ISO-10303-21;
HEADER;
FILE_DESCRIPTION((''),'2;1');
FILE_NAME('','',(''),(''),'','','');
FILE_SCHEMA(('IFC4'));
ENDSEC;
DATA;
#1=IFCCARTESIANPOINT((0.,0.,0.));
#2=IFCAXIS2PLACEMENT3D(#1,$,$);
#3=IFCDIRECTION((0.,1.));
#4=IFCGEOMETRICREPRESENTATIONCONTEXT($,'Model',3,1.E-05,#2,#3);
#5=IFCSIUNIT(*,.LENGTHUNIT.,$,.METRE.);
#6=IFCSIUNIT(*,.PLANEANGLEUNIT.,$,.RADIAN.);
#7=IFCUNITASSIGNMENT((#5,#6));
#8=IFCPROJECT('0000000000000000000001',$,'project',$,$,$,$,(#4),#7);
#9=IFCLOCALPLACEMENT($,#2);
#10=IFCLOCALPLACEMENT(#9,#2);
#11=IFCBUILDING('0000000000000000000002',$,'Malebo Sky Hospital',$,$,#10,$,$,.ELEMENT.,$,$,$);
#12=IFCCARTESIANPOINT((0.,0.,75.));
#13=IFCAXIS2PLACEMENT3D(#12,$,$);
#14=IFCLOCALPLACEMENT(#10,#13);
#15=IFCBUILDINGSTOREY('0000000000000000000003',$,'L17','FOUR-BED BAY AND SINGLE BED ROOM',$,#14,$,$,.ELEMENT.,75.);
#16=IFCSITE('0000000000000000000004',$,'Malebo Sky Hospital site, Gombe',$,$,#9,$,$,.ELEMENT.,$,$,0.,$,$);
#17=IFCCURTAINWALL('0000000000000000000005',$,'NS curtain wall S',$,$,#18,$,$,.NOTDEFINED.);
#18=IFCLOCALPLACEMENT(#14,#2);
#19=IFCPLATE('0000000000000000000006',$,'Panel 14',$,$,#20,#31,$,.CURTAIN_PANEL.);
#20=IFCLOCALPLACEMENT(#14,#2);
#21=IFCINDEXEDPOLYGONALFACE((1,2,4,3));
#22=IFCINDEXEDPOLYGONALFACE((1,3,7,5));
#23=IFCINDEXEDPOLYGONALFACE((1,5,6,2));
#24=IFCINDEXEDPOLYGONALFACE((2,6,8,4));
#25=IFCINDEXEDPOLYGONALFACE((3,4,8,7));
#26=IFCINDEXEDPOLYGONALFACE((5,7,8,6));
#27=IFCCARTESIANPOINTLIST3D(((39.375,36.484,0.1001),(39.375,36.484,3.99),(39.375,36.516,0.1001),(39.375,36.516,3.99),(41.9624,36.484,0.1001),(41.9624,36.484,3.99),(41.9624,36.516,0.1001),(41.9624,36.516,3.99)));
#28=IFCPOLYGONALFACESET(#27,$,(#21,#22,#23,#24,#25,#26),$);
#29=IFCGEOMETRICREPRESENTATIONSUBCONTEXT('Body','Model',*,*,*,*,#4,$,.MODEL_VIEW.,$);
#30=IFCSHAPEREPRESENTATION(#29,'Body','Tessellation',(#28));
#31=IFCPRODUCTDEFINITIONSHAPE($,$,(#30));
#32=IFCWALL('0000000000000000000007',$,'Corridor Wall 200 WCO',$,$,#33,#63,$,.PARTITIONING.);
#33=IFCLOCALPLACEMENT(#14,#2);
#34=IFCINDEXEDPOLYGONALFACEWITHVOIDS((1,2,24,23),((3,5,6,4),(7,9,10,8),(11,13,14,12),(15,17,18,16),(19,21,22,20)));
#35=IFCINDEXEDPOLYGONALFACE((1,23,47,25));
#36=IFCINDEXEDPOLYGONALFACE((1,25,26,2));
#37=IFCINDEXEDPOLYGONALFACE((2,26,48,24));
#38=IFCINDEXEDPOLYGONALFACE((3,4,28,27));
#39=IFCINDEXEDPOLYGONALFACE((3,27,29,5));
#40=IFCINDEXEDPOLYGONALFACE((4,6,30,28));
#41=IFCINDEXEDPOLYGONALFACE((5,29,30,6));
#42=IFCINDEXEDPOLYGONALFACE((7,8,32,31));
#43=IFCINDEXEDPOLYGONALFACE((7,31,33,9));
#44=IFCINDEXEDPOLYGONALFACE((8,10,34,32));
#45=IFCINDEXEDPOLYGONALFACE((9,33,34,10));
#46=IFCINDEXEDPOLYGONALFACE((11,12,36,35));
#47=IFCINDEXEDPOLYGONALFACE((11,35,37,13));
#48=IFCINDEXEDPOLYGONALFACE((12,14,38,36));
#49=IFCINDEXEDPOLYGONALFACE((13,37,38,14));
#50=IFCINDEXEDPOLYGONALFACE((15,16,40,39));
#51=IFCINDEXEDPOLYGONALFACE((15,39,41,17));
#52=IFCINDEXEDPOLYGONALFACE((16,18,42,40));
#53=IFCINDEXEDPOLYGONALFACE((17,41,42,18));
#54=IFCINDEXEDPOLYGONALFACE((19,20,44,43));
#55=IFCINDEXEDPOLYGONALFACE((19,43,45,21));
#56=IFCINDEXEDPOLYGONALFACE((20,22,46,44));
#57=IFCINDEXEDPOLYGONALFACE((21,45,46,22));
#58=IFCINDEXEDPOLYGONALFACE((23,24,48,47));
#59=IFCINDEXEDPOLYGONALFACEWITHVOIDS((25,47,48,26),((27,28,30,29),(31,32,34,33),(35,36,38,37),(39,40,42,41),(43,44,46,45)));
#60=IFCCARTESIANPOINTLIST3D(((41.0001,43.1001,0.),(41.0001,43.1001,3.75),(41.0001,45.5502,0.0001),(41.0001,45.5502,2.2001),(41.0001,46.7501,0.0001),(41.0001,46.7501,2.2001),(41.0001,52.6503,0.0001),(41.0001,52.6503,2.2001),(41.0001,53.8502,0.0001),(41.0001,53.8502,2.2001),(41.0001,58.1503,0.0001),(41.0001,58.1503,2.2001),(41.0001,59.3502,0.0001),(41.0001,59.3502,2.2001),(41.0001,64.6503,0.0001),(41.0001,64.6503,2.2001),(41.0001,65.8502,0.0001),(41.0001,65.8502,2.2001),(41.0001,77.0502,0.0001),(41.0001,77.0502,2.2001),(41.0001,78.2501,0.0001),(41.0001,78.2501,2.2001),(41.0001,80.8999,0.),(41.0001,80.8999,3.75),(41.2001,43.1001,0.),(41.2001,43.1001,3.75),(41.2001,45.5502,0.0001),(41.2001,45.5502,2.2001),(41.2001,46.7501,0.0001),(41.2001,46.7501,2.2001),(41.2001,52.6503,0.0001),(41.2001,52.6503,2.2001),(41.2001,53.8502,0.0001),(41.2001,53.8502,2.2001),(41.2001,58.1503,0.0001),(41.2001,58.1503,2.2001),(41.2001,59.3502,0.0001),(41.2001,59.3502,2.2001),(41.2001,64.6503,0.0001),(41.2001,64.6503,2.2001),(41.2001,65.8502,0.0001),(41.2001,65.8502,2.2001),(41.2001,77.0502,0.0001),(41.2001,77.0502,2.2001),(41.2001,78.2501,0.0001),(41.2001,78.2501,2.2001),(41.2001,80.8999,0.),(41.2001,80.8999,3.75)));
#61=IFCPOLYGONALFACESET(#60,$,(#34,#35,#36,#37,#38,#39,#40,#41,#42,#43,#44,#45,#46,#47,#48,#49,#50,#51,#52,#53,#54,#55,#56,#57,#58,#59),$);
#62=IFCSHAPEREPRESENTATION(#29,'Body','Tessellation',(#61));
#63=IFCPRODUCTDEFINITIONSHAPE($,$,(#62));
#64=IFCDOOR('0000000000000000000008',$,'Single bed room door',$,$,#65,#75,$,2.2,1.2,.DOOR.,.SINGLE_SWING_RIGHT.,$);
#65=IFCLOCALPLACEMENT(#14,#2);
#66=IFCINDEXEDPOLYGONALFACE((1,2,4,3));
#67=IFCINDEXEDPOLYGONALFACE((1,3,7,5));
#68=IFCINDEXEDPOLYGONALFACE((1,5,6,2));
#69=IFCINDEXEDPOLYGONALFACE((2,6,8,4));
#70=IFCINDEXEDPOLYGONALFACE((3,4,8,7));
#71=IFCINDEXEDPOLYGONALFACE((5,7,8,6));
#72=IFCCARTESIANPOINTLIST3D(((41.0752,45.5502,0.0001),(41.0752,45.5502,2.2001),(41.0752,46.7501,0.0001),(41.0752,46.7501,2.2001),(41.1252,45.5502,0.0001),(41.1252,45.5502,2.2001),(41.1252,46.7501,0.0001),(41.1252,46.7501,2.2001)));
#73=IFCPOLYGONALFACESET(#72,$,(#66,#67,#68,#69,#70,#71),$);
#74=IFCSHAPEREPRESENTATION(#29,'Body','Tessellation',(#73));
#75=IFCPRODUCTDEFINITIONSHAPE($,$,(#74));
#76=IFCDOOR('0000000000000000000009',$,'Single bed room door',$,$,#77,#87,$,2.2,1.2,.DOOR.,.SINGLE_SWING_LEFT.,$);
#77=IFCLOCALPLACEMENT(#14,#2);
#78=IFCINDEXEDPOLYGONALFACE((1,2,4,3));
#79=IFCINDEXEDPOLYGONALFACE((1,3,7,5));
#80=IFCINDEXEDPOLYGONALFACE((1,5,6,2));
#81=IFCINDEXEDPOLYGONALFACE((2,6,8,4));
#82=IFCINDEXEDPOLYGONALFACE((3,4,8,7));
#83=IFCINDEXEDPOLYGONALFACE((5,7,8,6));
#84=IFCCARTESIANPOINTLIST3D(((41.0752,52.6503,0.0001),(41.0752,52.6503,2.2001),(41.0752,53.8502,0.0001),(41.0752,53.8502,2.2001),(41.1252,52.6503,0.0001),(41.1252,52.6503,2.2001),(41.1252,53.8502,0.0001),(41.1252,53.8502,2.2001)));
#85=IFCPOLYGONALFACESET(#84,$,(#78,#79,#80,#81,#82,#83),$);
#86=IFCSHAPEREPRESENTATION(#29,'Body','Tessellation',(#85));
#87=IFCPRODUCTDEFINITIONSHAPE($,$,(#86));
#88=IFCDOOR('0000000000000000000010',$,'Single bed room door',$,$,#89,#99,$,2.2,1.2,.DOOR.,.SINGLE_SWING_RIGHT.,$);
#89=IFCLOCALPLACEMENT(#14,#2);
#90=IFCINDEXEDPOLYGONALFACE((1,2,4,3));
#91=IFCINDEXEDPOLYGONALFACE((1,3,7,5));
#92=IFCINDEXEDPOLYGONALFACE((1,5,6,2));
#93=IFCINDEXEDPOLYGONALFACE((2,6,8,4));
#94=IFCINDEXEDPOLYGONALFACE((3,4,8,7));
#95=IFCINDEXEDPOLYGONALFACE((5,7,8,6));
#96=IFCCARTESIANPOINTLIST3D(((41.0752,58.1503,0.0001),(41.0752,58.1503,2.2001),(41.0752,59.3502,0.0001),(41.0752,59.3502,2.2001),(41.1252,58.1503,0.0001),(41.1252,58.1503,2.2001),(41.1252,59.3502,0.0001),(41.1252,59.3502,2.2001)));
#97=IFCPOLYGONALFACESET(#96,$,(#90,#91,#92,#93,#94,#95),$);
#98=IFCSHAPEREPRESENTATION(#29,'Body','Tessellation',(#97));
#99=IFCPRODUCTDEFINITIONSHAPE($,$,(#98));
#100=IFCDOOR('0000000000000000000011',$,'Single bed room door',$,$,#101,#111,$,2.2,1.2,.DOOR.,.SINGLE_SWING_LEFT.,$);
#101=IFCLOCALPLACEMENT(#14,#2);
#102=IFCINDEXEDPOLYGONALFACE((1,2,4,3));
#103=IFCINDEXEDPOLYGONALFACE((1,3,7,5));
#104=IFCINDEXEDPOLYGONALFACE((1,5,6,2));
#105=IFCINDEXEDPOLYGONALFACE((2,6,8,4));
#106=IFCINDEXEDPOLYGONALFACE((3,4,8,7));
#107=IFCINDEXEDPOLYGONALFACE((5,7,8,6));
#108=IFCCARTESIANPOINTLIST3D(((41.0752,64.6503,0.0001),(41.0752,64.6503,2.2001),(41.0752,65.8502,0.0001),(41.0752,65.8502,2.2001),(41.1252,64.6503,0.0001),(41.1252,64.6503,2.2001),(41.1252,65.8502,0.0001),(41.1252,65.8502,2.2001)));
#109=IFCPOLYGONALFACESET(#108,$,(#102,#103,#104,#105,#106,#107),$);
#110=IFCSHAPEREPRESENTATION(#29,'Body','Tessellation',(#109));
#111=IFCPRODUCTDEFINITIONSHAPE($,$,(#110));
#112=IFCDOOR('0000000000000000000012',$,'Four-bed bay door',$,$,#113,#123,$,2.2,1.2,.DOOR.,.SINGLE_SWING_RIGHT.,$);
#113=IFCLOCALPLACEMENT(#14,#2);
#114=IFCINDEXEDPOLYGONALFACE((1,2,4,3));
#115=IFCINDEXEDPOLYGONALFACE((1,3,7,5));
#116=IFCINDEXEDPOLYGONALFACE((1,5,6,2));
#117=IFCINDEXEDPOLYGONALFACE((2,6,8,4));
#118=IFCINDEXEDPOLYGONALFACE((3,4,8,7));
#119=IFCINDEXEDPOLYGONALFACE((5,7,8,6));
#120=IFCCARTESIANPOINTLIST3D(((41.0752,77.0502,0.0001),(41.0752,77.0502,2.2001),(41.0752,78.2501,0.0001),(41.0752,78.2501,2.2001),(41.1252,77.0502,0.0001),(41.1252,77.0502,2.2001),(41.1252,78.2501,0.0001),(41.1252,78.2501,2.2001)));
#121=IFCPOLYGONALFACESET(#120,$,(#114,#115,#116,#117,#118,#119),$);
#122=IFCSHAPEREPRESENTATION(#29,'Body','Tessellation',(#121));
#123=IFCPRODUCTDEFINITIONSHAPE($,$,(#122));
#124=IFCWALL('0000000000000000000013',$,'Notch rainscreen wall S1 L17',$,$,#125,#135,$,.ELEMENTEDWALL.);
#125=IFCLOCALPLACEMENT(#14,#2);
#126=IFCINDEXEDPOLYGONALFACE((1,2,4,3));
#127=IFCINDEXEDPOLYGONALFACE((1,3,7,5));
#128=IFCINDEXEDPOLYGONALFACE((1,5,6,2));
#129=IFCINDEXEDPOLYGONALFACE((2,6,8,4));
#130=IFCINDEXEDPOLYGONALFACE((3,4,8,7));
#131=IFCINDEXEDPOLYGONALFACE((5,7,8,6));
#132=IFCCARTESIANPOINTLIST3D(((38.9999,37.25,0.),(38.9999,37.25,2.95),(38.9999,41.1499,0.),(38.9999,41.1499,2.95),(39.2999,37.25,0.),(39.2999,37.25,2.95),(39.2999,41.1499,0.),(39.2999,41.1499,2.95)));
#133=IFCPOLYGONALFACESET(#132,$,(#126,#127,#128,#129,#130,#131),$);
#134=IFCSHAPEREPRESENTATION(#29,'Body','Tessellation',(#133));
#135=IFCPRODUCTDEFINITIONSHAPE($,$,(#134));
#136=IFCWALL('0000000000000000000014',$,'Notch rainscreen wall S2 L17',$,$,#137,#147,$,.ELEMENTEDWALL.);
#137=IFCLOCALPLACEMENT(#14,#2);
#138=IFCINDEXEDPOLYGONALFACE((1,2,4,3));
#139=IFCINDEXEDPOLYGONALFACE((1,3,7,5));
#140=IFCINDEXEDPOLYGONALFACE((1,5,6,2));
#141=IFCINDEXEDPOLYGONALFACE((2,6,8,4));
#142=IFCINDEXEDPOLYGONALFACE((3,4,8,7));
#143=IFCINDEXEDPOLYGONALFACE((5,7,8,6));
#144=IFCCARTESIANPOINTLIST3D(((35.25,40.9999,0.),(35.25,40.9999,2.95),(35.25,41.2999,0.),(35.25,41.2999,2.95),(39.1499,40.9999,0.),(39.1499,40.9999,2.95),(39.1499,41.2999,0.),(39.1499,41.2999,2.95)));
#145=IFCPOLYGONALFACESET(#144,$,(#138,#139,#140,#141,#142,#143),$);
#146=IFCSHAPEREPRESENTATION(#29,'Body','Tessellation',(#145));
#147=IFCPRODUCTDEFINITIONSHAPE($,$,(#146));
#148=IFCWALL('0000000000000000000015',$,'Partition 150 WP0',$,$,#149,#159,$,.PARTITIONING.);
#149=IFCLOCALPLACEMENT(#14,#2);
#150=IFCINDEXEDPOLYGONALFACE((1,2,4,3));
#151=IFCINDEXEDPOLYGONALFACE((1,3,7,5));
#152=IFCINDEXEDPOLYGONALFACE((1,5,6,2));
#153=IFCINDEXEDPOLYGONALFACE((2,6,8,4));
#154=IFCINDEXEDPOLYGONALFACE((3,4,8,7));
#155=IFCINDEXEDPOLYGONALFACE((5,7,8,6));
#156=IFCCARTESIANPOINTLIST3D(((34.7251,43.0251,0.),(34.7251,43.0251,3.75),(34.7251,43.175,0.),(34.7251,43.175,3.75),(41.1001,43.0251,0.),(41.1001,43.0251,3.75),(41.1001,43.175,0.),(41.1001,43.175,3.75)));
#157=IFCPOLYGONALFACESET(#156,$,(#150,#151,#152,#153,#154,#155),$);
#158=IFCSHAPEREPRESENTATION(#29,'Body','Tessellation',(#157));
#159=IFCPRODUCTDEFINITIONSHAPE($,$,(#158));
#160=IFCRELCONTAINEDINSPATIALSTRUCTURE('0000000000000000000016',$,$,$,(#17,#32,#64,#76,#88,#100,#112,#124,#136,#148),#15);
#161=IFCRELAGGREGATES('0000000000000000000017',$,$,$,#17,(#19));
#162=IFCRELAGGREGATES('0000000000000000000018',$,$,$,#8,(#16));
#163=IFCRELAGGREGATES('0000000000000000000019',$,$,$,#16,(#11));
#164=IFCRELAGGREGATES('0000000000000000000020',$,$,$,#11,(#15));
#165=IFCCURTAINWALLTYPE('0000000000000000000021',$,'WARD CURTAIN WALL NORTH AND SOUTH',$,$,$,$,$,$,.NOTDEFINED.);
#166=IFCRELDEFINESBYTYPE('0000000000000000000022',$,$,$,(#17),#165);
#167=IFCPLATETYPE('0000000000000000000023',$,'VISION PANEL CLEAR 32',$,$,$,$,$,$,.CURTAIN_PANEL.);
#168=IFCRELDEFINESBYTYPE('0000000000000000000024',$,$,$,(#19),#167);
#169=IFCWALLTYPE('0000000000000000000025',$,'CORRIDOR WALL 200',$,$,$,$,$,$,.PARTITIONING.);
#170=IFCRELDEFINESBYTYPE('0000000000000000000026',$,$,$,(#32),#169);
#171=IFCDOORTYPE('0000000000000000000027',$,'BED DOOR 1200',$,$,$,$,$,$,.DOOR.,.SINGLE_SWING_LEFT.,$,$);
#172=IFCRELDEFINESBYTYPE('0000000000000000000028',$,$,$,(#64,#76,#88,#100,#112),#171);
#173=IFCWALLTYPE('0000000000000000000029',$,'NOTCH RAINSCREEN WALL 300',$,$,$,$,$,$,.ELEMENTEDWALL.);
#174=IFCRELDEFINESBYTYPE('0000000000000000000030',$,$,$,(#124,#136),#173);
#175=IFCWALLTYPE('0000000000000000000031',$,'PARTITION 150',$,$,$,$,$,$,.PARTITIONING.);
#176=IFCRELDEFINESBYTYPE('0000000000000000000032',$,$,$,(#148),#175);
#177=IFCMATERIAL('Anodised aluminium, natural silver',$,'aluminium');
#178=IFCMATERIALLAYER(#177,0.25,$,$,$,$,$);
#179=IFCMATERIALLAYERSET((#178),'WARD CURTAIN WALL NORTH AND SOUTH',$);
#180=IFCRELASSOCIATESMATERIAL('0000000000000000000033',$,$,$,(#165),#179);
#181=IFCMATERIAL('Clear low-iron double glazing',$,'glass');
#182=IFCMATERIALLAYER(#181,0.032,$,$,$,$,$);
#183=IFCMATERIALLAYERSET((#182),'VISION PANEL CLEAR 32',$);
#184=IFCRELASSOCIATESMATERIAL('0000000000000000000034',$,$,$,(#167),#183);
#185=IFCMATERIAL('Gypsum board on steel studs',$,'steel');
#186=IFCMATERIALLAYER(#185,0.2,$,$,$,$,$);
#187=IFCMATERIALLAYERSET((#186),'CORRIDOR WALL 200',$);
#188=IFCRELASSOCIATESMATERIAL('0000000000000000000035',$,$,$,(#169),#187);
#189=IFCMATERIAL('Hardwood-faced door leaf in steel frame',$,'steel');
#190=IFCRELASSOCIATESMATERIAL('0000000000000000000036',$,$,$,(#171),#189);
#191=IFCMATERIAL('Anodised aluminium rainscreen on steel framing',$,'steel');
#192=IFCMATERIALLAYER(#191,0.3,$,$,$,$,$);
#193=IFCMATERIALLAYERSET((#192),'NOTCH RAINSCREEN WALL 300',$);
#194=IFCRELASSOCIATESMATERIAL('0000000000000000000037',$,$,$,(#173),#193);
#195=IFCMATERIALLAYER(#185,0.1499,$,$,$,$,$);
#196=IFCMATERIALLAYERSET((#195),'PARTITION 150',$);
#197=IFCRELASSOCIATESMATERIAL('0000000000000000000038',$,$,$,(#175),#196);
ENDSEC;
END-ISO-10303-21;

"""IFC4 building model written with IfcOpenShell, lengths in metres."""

from ifc_helpers import new_model, si_unit, direction, frame, frame_2d, origin, origin_2d, place, context, subcontext, project, spatial, rectangle, extrude, material, layer, layer_set, type_object, element, fill, aggregate, save


model = new_model("IFC4")

# Units and contexts
model_context = context("Model", 3, precision=1e-05, world=origin(), true_north=direction((0.0, 1.0)))
body_context = subcontext(model_context, "Body", "Model", "MODEL_VIEW")
ifc_project = project(units=[si_unit("LENGTHUNIT", "METRE"), si_unit("PLANEANGLEUNIT", "RADIAN")], contexts=[model_context])

# Site, building, storey
site_placement = place(None, origin())
site = spatial("IfcSite", under=ifc_project, at=site_placement, Name="Malebo Sky Hospital site, Gombe", CompositionType="ELEMENT", RefElevation=0.0)
building_placement = place(site_placement, origin())
building = spatial("IfcBuilding", under=site, at=building_placement, Name="Malebo Sky Hospital", CompositionType="ELEMENT")
storey_placement = place(building_placement, frame((0.0, 0.0, 75.0)))
storey = spatial("IfcBuildingStorey", under=building, at=storey_placement, Name="L17", Description="FOUR-BED BAY AND SINGLE BED ROOM", CompositionType="ELEMENT", Elevation=75.0)

# Curtain wall
ifc_material_1 = material(Name="Anodised aluminium, natural silver", Category="aluminium")
ifc_layer_1 = layer(ifc_material_1, 0.25)
ifc_layer_set_1 = layer_set([ifc_layer_1], Name="WARD CURTAIN WALL NORTH AND SOUTH")
curtain_wall_type = type_object("IfcCurtainWallType", Name="WARD CURTAIN WALL NORTH AND SOUTH", PredefinedType="NOTDEFINED", material=ifc_layer_set_1)
curtain_wall_placement = place(storey_placement, origin())
curtain_wall = element("IfcCurtainWall", 1, at=curtain_wall_placement, inside=storey, type_object=curtain_wall_type, Name="NS curtain wall S", PredefinedType="NOTDEFINED")

# Plate
ifc_material_2 = material(Name="Clear low-iron double glazing", Category="glass")
ifc_layer_2 = layer(ifc_material_2, 0.032)
ifc_layer_set_2 = layer_set([ifc_layer_2], Name="VISION PANEL CLEAR 32")
plate_type = type_object("IfcPlateType", Name="VISION PANEL CLEAR 32", PredefinedType="CURTAIN_PANEL", material=ifc_layer_set_2)
plate_1_placement = place(storey_placement, frame((40.6687, 36.5, 0.1001), z_axis=(0.0, 0.0, 1.0), x_axis=(-1.0, 0.0, 0.0)))
plate_1 = element("IfcPlate", 2, at=plate_1_placement, type_object=plate_type, Name="Panel 14", PredefinedType="CURTAIN_PANEL", context=body_context, shape_type="SweptSolid", body=[
    extrude(rectangle(XDim=2.5874, YDim=0.032, at=origin_2d()), origin(), (0.0, 0.0, 1.0), 3.8899),
])
aggregate(curtain_wall, [plate_1])

# Wall, openings, doors
ifc_material_3 = material(Name="Gypsum board on steel studs", Category="steel")
ifc_layer_3 = layer(ifc_material_3, 0.2)
ifc_layer_set_3 = layer_set([ifc_layer_3], Name="CORRIDOR WALL 200")
wall_type_1 = type_object("IfcWallType", Name="CORRIDOR WALL 200", PredefinedType="PARTITIONING", material=ifc_layer_set_3)
wall_1_placement = place(storey_placement, frame((41.1001, 43.1001, 0.0), z_axis=(0.0, 0.0, 1.0), x_axis=(0.0, 1.0, 0.0)))
wall_1 = element("IfcWall", 3, at=wall_1_placement, inside=storey, type_object=wall_type_1, Name="Corridor Wall 200 WCO", PredefinedType="PARTITIONING", context=body_context, shape_type="SweptSolid", body=[
    extrude(rectangle(XDim=37.7998, YDim=0.2, at=frame_2d((18.8999, 0.0))), origin(), (0.0, 0.0, 1.0), 3.75),
])
opening_1_placement = place(wall_1_placement, frame((2.45, 0.0, 0.0)))
opening_1 = element("IfcOpeningElement", 4, at=opening_1_placement, cuts=wall_1, PredefinedType="OPENING", context=body_context, shape_type="SweptSolid", body=[
    extrude(rectangle(XDim=1.2, YDim=2.2, at=frame_2d((0.6001, 1.1001))), frame((0.0, 0.1099, 0.0), z_axis=(0.0, -1.0, 0.0), x_axis=(1.0, 0.0, 0.0)), (0.0, 0.0, 1.0), 0.22),
])
opening_2_placement = place(wall_1_placement, frame((9.55, 0.0, 0.0)))
opening_2 = element("IfcOpeningElement", 5, at=opening_2_placement, cuts=wall_1, PredefinedType="OPENING", context=body_context, shape_type="SweptSolid", body=[
    extrude(rectangle(XDim=1.2, YDim=2.2, at=frame_2d((0.6001, 1.1001))), frame((0.0, 0.1099, 0.0), z_axis=(0.0, -1.0, 0.0), x_axis=(1.0, 0.0, 0.0)), (0.0, 0.0, 1.0), 0.22),
])
opening_3_placement = place(wall_1_placement, frame((15.05, 0.0, 0.0)))
opening_3 = element("IfcOpeningElement", 6, at=opening_3_placement, cuts=wall_1, PredefinedType="OPENING", context=body_context, shape_type="SweptSolid", body=[
    extrude(rectangle(XDim=1.2, YDim=2.2, at=frame_2d((0.6001, 1.1001))), frame((0.0, 0.1099, 0.0), z_axis=(0.0, -1.0, 0.0), x_axis=(1.0, 0.0, 0.0)), (0.0, 0.0, 1.0), 0.22),
])
opening_4_placement = place(wall_1_placement, frame((21.55, 0.0, 0.0)))
opening_4 = element("IfcOpeningElement", 7, at=opening_4_placement, cuts=wall_1, PredefinedType="OPENING", context=body_context, shape_type="SweptSolid", body=[
    extrude(rectangle(XDim=1.2, YDim=2.2, at=frame_2d((0.6001, 1.1001))), frame((0.0, 0.1099, 0.0), z_axis=(0.0, -1.0, 0.0), x_axis=(1.0, 0.0, 0.0)), (0.0, 0.0, 1.0), 0.22),
])
opening_5_placement = place(wall_1_placement, frame((33.95, 0.0, 0.0)))
opening_5 = element("IfcOpeningElement", 8, at=opening_5_placement, cuts=wall_1, PredefinedType="OPENING", context=body_context, shape_type="SweptSolid", body=[
    extrude(rectangle(XDim=1.2, YDim=2.2, at=frame_2d((0.6001, 1.1001))), frame((0.0, 0.1099, 0.0), z_axis=(0.0, -1.0, 0.0), x_axis=(1.0, 0.0, 0.0)), (0.0, 0.0, 1.0), 0.22),
])
ifc_material_4 = material(Name="Hardwood-faced door leaf in steel frame", Category="steel")
door_type_1 = type_object("IfcDoorType", Name="BED DOOR 1200", OperationType="SINGLE_SWING_LEFT", PredefinedType="DOOR", material=ifc_material_4)
door_1_placement = place(opening_1_placement, origin())
door_1 = element("IfcDoor", 9, at=door_1_placement, inside=storey, type_object=door_type_1, Name="Single bed room door", OperationType="SINGLE_SWING_RIGHT", OverallHeight=2.2, OverallWidth=1.2, PredefinedType="DOOR", context=body_context, shape_type="SweptSolid", body=[
    extrude(rectangle(XDim=1.2, YDim=2.2, at=frame_2d((0.6001, 1.1001))), frame((0.0, 0.0249, 0.0), z_axis=(0.0, -1.0, 0.0), x_axis=(1.0, 0.0, 0.0)), (0.0, 0.0, 1.0), 0.05),
])
fill(opening_1, door_1)
door_2_placement = place(opening_2_placement, origin())
door_2 = element("IfcDoor", 10, at=door_2_placement, inside=storey, type_object=door_type_1, Name="Single bed room door", OperationType="SINGLE_SWING_LEFT", OverallHeight=2.2, OverallWidth=1.2, PredefinedType="DOOR", context=body_context, shape_type="SweptSolid", body=[
    extrude(rectangle(XDim=1.2, YDim=2.2, at=frame_2d((0.6001, 1.1001))), frame((0.0, 0.0249, 0.0), z_axis=(0.0, -1.0, 0.0), x_axis=(1.0, 0.0, 0.0)), (0.0, 0.0, 1.0), 0.05),
])
fill(opening_2, door_2)
door_3_placement = place(opening_3_placement, origin())
door_3 = element("IfcDoor", 11, at=door_3_placement, inside=storey, type_object=door_type_1, Name="Single bed room door", OperationType="SINGLE_SWING_RIGHT", OverallHeight=2.2, OverallWidth=1.2, PredefinedType="DOOR", context=body_context, shape_type="SweptSolid", body=[
    extrude(rectangle(XDim=1.2, YDim=2.2, at=frame_2d((0.6001, 1.1001))), frame((0.0, 0.0249, 0.0), z_axis=(0.0, -1.0, 0.0), x_axis=(1.0, 0.0, 0.0)), (0.0, 0.0, 1.0), 0.05),
])
fill(opening_3, door_3)
door_4_placement = place(opening_4_placement, origin())
door_4 = element("IfcDoor", 12, at=door_4_placement, inside=storey, type_object=door_type_1, Name="Single bed room door", OperationType="SINGLE_SWING_LEFT", OverallHeight=2.2, OverallWidth=1.2, PredefinedType="DOOR", context=body_context, shape_type="SweptSolid", body=[
    extrude(rectangle(XDim=1.2, YDim=2.2, at=frame_2d((0.6001, 1.1001))), frame((0.0, 0.0249, 0.0), z_axis=(0.0, -1.0, 0.0), x_axis=(1.0, 0.0, 0.0)), (0.0, 0.0, 1.0), 0.05),
])
fill(opening_4, door_4)
door_5_placement = place(opening_5_placement, origin())
door_5 = element("IfcDoor", 13, at=door_5_placement, inside=storey, type_object=door_type_1, Name="Four-bed bay door", OperationType="SINGLE_SWING_RIGHT", OverallHeight=2.2, OverallWidth=1.2, PredefinedType="DOOR", context=body_context, shape_type="SweptSolid", body=[
    extrude(rectangle(XDim=1.2, YDim=2.2, at=frame_2d((0.6001, 1.1001))), frame((0.0, 0.0249, 0.0), z_axis=(0.0, -1.0, 0.0), x_axis=(1.0, 0.0, 0.0)), (0.0, 0.0, 1.0), 0.05),
])
fill(opening_5, door_5)

# Walls
ifc_material_5 = material(Name="Anodised aluminium rainscreen on steel framing", Category="steel")
ifc_layer_4 = layer(ifc_material_5, 0.3)
ifc_layer_set_4 = layer_set([ifc_layer_4], Name="NOTCH RAINSCREEN WALL 300")
wall_type_2 = type_object("IfcWallType", Name="NOTCH RAINSCREEN WALL 300", PredefinedType="ELEMENTEDWALL", material=ifc_layer_set_4)
for number, where, z_axis, x_axis, name in (
    (14, (39.1499, 37.25, 0.0), (0.0, 0.0, 1.0), (0.0, 1.0, 0.0), "Notch rainscreen wall S1 L17"),
    (15, (39.1499, 41.1499, 0.0), (0.0, 0.0, 1.0), (-1.0, 0.0, 0.0), "Notch rainscreen wall S2 L17"),
):
    element("IfcWall", number, at=place(storey_placement, frame(where, z_axis=z_axis, x_axis=x_axis)), inside=storey, type_object=wall_type_2, Name=name, PredefinedType="ELEMENTEDWALL", context=body_context, shape_type="SweptSolid", body=[
        extrude(rectangle(XDim=3.8999, YDim=0.3, at=frame_2d((1.95, 0.0))), origin(), (0.0, 0.0, 1.0), 2.95),
    ])
ifc_layer_5 = layer(ifc_material_3, 0.1499)
ifc_layer_set_5 = layer_set([ifc_layer_5], Name="PARTITION 150")
wall_type_3 = type_object("IfcWallType", Name="PARTITION 150", PredefinedType="PARTITIONING", material=ifc_layer_set_5)
wall_2_placement = place(storey_placement, frame((41.1001, 43.1001, 0.0), z_axis=(0.0, 0.0, 1.0), x_axis=(-1.0, 0.0, 0.0)))
element("IfcWall", 16, at=wall_2_placement, inside=storey, type_object=wall_type_3, Name="Partition 150 WP0", PredefinedType="PARTITIONING", context=body_context, shape_type="SweptSolid", body=[
    extrude(rectangle(XDim=6.375, YDim=0.1499, at=frame_2d((3.1875, 0.0))), origin(), (0.0, 0.0, 1.0), 3.75),
])

save(model, "model.ifc")
